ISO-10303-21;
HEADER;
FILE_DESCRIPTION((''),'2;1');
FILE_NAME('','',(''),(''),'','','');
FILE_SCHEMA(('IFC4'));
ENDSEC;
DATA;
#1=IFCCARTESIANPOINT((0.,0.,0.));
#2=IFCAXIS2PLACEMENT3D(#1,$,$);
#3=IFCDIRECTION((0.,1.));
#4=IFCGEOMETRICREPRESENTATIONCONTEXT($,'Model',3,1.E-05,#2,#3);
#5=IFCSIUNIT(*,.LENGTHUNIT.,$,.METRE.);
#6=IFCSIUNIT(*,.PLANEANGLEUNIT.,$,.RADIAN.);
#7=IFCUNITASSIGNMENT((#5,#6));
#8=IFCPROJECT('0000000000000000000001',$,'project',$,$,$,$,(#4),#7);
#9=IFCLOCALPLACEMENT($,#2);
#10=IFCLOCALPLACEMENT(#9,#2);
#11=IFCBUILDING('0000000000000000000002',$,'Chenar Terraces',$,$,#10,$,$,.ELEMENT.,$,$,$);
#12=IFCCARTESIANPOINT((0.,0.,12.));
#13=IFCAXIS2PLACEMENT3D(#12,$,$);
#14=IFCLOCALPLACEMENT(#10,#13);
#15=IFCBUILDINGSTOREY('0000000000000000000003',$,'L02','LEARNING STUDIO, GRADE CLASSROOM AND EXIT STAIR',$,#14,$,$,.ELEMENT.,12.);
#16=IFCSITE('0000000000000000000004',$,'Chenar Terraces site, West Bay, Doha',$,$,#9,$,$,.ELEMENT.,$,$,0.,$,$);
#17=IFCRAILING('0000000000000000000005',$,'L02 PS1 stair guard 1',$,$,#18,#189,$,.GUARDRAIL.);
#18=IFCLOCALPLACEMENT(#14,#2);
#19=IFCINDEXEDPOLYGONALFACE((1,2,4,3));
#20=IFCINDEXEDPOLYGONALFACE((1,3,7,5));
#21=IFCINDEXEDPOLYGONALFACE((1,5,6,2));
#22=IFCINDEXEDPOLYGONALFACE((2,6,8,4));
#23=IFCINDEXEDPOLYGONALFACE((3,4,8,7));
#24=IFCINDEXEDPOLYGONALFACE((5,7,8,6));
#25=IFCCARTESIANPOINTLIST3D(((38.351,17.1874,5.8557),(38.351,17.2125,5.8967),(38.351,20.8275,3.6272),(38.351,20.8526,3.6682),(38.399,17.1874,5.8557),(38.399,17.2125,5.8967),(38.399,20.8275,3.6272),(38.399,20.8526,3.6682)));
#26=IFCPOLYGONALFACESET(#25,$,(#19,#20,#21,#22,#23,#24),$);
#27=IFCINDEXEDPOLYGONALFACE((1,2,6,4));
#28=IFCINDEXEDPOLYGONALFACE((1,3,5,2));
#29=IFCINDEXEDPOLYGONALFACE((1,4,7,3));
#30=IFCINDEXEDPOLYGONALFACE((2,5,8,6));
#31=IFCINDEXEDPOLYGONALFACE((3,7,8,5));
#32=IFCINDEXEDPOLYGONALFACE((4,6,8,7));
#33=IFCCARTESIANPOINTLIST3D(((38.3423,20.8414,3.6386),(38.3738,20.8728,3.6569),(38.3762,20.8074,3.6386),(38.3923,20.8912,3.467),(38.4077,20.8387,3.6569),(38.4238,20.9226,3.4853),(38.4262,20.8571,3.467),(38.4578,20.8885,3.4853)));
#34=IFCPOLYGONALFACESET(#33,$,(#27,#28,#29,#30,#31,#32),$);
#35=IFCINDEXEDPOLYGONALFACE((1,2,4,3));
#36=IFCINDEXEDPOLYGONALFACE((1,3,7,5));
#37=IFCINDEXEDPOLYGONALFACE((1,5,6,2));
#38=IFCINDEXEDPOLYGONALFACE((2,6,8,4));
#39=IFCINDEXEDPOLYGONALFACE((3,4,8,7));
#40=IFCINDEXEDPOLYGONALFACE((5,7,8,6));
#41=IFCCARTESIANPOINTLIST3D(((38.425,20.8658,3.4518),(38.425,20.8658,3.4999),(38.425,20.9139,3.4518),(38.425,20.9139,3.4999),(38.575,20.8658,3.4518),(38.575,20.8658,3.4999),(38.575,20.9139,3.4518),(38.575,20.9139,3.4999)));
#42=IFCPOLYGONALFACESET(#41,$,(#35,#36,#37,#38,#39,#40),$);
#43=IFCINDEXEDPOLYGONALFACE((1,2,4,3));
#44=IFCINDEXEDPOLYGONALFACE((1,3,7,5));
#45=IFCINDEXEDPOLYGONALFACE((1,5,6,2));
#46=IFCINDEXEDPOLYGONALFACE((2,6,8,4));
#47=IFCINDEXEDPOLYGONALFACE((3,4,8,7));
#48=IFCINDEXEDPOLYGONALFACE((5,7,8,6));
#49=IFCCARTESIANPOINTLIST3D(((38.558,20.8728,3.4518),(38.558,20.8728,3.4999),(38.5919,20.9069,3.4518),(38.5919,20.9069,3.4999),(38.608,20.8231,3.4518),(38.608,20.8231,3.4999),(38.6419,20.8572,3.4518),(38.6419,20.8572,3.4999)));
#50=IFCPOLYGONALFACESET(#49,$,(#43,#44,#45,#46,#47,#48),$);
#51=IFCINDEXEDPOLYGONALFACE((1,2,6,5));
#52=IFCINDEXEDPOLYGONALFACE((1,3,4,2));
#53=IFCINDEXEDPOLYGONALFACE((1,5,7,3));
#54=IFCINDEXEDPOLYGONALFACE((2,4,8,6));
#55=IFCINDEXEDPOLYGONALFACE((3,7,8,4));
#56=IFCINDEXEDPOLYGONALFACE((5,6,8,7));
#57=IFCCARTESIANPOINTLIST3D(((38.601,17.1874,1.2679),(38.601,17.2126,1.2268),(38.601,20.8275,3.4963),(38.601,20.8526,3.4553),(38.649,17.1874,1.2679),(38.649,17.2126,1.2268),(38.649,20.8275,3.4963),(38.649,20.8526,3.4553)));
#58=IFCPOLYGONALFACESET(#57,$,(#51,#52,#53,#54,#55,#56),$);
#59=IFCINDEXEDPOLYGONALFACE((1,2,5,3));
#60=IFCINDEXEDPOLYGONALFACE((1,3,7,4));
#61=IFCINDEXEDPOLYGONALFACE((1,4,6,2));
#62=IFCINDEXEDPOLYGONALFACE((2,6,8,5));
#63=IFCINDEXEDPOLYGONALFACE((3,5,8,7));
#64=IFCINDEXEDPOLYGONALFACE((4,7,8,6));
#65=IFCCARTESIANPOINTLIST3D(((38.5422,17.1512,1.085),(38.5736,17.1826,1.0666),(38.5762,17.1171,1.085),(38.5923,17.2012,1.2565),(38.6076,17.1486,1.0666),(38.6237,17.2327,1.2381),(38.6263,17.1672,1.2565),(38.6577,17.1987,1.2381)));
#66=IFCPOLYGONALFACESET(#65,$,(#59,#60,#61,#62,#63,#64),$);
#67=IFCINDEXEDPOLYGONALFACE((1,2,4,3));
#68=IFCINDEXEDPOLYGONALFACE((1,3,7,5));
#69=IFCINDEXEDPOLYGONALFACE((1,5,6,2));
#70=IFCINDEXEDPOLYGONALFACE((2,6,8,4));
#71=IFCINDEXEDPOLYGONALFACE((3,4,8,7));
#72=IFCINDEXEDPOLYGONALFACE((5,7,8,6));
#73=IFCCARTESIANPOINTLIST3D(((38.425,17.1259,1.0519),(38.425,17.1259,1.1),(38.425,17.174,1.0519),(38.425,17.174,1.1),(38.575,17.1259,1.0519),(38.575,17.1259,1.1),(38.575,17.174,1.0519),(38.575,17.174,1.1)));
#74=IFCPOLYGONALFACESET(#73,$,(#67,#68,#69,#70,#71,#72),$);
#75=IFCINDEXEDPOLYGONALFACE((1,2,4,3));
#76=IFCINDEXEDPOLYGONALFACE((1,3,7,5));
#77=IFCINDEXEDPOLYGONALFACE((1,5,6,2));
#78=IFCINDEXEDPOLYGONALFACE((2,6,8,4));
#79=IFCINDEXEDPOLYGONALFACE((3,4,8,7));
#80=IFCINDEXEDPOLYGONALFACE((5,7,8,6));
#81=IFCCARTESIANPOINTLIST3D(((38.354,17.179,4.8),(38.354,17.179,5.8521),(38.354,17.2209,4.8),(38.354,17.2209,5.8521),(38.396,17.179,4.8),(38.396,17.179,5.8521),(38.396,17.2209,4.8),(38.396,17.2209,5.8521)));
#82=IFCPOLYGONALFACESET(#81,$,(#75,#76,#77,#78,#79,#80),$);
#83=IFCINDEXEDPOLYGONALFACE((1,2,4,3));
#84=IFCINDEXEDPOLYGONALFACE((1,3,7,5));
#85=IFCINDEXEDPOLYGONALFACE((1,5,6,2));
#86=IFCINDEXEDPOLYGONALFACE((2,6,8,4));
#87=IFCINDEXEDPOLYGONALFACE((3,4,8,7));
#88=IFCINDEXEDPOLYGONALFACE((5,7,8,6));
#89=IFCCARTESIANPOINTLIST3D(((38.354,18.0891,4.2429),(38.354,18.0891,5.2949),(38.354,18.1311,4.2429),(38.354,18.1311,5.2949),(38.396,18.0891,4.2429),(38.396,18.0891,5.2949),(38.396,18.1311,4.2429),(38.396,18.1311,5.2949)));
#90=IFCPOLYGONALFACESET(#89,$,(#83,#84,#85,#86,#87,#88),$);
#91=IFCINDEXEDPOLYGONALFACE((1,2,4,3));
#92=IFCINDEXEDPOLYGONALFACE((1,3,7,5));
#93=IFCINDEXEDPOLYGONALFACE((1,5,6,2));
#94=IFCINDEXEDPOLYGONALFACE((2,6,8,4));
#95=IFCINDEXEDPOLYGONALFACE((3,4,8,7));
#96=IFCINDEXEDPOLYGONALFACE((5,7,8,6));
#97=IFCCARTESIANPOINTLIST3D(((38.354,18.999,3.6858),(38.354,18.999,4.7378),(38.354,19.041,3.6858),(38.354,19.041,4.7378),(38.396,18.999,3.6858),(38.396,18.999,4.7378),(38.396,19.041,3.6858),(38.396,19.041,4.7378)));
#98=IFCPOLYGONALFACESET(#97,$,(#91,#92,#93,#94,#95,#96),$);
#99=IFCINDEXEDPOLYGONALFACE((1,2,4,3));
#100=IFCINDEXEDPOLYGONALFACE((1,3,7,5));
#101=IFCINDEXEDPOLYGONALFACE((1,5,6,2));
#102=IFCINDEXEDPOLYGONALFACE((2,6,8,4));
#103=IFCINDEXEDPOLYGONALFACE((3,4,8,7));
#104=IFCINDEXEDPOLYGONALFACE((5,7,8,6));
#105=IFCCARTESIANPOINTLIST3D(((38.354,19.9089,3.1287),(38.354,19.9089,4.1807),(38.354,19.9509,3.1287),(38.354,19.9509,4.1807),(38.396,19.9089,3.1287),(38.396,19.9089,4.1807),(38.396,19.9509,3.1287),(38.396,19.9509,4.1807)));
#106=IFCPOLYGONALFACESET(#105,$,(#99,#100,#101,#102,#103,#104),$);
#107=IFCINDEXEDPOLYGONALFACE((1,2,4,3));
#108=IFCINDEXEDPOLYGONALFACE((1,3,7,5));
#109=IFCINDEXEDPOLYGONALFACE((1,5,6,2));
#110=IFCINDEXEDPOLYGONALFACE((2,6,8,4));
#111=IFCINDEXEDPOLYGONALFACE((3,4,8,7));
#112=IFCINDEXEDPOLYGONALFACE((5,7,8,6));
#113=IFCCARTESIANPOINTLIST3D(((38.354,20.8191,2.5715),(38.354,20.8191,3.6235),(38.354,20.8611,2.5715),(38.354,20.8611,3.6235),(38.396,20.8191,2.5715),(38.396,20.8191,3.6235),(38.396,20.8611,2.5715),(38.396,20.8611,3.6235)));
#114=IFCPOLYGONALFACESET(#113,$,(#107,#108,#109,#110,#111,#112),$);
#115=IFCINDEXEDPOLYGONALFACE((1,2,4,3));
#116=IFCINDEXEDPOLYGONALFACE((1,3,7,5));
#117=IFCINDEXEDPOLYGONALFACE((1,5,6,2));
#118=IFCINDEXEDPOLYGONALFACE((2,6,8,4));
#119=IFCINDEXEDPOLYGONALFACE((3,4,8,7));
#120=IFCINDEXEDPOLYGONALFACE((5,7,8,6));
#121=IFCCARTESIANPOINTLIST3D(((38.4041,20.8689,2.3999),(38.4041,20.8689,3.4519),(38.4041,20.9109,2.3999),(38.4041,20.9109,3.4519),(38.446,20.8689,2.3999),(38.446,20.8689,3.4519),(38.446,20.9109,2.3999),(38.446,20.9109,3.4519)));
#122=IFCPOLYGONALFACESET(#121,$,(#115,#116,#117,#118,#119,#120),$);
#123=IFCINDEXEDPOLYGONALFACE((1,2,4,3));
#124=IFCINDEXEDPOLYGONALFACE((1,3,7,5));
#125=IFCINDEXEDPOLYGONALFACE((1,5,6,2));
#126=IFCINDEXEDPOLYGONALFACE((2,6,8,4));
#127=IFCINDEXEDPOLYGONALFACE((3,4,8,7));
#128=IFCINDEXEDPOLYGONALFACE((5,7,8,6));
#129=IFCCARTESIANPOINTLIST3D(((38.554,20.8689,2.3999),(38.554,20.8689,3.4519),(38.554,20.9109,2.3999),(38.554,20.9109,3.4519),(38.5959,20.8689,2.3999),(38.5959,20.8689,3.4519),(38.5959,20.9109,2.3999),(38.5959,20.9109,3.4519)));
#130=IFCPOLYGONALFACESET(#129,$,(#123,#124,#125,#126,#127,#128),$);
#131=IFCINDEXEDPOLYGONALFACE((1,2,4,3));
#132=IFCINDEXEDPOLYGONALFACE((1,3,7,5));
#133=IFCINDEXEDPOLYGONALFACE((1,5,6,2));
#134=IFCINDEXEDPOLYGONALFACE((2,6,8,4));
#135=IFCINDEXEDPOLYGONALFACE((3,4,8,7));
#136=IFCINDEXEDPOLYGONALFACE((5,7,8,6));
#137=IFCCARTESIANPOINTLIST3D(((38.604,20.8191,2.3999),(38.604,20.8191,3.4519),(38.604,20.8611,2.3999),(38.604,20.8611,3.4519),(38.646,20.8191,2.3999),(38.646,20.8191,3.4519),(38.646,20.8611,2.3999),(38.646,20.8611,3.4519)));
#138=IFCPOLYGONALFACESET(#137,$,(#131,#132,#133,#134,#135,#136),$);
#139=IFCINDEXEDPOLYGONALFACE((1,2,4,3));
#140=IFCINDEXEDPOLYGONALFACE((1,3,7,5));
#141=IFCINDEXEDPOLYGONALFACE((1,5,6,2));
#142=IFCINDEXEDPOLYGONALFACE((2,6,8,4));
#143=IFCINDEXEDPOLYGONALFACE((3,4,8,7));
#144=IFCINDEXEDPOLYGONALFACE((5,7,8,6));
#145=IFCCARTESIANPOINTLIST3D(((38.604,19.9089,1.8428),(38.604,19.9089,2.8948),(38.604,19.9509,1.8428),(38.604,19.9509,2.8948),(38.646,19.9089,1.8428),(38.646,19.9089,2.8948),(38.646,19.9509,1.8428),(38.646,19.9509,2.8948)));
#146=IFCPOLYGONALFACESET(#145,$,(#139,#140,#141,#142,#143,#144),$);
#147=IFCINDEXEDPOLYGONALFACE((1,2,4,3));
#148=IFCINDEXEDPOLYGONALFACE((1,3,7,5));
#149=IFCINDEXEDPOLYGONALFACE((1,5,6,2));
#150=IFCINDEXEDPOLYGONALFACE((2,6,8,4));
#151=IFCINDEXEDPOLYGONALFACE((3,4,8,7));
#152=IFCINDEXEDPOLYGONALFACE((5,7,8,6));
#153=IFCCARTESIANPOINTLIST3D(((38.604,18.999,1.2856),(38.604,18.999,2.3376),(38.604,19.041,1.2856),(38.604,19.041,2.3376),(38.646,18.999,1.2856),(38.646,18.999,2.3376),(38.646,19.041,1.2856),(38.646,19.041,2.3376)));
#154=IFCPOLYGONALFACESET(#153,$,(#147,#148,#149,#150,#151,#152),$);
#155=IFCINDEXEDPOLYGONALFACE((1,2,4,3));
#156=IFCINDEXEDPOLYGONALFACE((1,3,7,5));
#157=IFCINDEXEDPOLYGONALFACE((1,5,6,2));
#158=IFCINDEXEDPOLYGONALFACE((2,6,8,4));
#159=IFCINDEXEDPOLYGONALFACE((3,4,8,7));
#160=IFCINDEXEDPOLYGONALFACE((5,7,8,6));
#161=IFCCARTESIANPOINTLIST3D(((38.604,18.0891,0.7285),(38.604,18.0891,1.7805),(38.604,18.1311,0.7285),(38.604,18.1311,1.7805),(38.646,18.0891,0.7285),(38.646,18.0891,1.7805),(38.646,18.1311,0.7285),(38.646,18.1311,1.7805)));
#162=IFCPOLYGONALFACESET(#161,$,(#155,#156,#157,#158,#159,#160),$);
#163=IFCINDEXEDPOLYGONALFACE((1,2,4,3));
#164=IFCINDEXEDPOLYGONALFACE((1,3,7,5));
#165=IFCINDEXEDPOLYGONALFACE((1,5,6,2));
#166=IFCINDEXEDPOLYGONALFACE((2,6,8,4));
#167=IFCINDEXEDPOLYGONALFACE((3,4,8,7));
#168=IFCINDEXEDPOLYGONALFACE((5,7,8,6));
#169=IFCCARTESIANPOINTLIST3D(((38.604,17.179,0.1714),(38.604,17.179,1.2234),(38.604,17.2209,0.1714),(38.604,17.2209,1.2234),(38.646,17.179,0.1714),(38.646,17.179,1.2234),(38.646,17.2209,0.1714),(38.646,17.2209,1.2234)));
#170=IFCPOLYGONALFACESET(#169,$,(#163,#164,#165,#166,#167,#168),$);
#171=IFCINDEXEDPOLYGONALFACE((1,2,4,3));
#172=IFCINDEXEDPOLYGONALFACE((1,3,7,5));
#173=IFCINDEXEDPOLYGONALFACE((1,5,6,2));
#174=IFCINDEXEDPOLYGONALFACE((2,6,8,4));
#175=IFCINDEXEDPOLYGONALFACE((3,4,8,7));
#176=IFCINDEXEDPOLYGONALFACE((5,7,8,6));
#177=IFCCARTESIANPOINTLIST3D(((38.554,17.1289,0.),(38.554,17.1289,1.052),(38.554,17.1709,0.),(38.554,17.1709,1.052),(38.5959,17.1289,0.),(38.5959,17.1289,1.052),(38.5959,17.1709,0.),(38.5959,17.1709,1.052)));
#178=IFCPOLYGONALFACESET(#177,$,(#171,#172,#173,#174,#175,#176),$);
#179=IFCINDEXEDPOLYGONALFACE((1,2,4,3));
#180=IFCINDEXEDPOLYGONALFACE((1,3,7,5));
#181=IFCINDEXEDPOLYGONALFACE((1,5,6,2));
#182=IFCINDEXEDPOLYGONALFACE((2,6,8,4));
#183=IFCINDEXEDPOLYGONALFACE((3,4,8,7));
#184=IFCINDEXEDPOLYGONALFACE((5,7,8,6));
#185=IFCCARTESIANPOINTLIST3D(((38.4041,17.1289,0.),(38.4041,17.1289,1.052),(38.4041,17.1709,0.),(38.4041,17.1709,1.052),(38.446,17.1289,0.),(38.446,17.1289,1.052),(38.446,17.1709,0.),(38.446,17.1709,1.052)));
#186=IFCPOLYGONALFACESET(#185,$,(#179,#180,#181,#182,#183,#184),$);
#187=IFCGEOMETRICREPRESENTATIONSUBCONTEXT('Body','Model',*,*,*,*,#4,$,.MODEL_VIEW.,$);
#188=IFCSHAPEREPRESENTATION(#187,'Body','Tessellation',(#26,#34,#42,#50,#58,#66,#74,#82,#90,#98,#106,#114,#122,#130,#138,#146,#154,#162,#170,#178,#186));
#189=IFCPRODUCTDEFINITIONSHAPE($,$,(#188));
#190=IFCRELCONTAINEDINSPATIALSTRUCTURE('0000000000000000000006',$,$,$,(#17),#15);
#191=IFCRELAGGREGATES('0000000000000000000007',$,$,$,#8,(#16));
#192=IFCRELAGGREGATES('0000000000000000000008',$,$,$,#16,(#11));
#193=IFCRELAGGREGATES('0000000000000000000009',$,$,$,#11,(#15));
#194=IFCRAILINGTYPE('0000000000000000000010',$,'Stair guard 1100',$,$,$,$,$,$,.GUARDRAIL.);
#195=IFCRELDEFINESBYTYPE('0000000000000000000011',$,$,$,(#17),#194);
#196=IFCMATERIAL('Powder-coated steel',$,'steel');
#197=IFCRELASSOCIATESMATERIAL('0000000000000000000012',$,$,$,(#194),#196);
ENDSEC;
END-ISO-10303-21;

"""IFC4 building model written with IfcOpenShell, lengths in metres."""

from ifc_helpers import new_model, si_unit, direction, frame, origin, origin_2d, place, context, subcontext, project, spatial, rectangle, extrude, material, type_object, element, save


model = new_model("IFC4")

# Units and contexts
model_context = context("Model", 3, precision=1e-05, world=origin(), true_north=direction((0.0, 1.0)))
body_context = subcontext(model_context, "Body", "Model", "MODEL_VIEW")
ifc_project = project(units=[si_unit("LENGTHUNIT", "METRE"), si_unit("PLANEANGLEUNIT", "RADIAN")], contexts=[model_context])

# Site, building, storey
site_placement = place(None, origin())
site = spatial("IfcSite", under=ifc_project, at=site_placement, Name="Chenar Terraces site, West Bay, Doha", CompositionType="ELEMENT", RefElevation=0.0)
building_placement = place(site_placement, origin())
building = spatial("IfcBuilding", under=site, at=building_placement, Name="Chenar Terraces", CompositionType="ELEMENT")
storey_placement = place(building_placement, frame((0.0, 0.0, 12.0)))
storey = spatial("IfcBuildingStorey", under=building, at=storey_placement, Name="L02", Description="LEARNING STUDIO, GRADE CLASSROOM AND EXIT STAIR", CompositionType="ELEMENT", Elevation=12.0)

# Railing
ifc_material_1 = material(Name="Powder-coated steel", Category="steel")
railing_type_1 = type_object("IfcRailingType", Name="Stair guard 1100", PredefinedType="GUARDRAIL", material=ifc_material_1)
railing_1_placement = place(storey_placement, frame((38.375, 17.2, 4.8)))
element("IfcRailing", 1, at=railing_1_placement, inside=storey, type_object=railing_type_1, Name="L02 PS1 stair guard 1", PredefinedType="GUARDRAIL", context=body_context, shape_type="SweptSolid", body=[
    extrude(rectangle(XDim=0.0481, YDim=0.0481, at=origin_2d()), frame((0.0, 0.0, 1.0762), z_axis=(0.0, 0.852866, -0.52213), x_axis=(-1.0, 0.0, 0.0)), (0.0, 0.0, 1.0), 4.2681),
    extrude(rectangle(XDim=0.0481, YDim=0.0481, at=origin_2d()), frame((0.0, 3.6401, -1.1523), z_axis=(0.269678, 0.268363, -0.9248), x_axis=(-0.705376, 0.708834, 0.0)), (0.0, 0.0, 1.0), 0.1855),
    extrude(rectangle(XDim=0.0481, YDim=0.0481, at=origin_2d()), frame((0.05, 3.6899, -1.3242), z_axis=(1.0, 0.0, 0.0), x_axis=(0.0, 1.0, 0.0)), (0.0, 0.0, 1.0), 0.1499),
    extrude(rectangle(XDim=0.0481, YDim=0.0481, at=origin_2d()), frame((0.2, 3.6899, -1.3242), z_axis=(0.708834, -0.705376, 0.0), x_axis=(0.705376, 0.708834, 0.0)), (0.0, 0.0, 1.0), 0.0706),
    extrude(rectangle(XDim=0.0481, YDim=0.0481, at=origin_2d()), frame((0.25, 3.6401, -1.3242), z_axis=(0.0, -0.852866, -0.52213), x_axis=(1.0, 0.0, 0.0)), (0.0, 0.0, 1.0), 4.2681),
    extrude(rectangle(XDim=0.0481, YDim=0.0481, at=origin_2d()), frame((0.25, 0.0, -3.5527), z_axis=(-0.269911, -0.269911, -0.924281), x_axis=(0.707107, -0.707107, 0.0)), (0.0, 0.0, 1.0), 0.1855),
    extrude(rectangle(XDim=0.0481, YDim=0.0481, at=origin_2d()), frame((0.2, -0.05, -3.7241), z_axis=(-1.0, 0.0, 0.0), x_axis=(0.0, -1.0, 0.0)), (0.0, 0.0, 1.0), 0.1499),
    extrude(rectangle(XDim=0.042, YDim=0.042, at=origin_2d()), origin(), (0.0, 0.0, 1.0), 1.052),
    extrude(rectangle(XDim=0.042, YDim=0.042, at=origin_2d()), frame((0.0, 0.9102, -0.5571)), (0.0, 0.0, 1.0), 1.052),
    extrude(rectangle(XDim=0.042, YDim=0.042, at=origin_2d()), frame((0.0, 1.8201, -1.1143)), (0.0, 0.0, 1.0), 1.052),
    extrude(rectangle(XDim=0.042, YDim=0.042, at=origin_2d()), frame((0.0, 2.73, -1.6714)), (0.0, 0.0, 1.0), 1.052),
    extrude(rectangle(XDim=0.042, YDim=0.042, at=origin_2d()), frame((0.0, 3.6401, -2.2285)), (0.0, 0.0, 1.0), 1.052),
    extrude(rectangle(XDim=0.042, YDim=0.042, at=origin_2d()), frame((0.05, 3.6899, -2.4001)), (0.0, 0.0, 1.0), 1.052),
    extrude(rectangle(XDim=0.042, YDim=0.042, at=origin_2d()), frame((0.2, 3.6899, -2.4001)), (0.0, 0.0, 1.0), 1.052),
    extrude(rectangle(XDim=0.042, YDim=0.042, at=origin_2d()), frame((0.25, 3.6401, -2.4001)), (0.0, 0.0, 1.0), 1.052),
    extrude(rectangle(XDim=0.042, YDim=0.042, at=origin_2d()), frame((0.25, 2.73, -2.9573)), (0.0, 0.0, 1.0), 1.052),
    extrude(rectangle(XDim=0.042, YDim=0.042, at=origin_2d()), frame((0.25, 1.8201, -3.5144)), (0.0, 0.0, 1.0), 1.052),
    extrude(rectangle(XDim=0.042, YDim=0.042, at=origin_2d()), frame((0.25, 0.9102, -4.0715)), (0.0, 0.0, 1.0), 1.052),
    extrude(rectangle(XDim=0.042, YDim=0.042, at=origin_2d()), frame((0.25, 0.0, -4.6287)), (0.0, 0.0, 1.0), 1.052),
    extrude(rectangle(XDim=0.042, YDim=0.042, at=origin_2d()), frame((0.2, -0.05, -4.8)), (0.0, 0.0, 1.0), 1.052),
    extrude(rectangle(XDim=0.042, YDim=0.042, at=origin_2d()), frame((0.05, -0.05, -4.8)), (0.0, 0.0, 1.0), 1.052),
])

save(model, "model.ifc")
